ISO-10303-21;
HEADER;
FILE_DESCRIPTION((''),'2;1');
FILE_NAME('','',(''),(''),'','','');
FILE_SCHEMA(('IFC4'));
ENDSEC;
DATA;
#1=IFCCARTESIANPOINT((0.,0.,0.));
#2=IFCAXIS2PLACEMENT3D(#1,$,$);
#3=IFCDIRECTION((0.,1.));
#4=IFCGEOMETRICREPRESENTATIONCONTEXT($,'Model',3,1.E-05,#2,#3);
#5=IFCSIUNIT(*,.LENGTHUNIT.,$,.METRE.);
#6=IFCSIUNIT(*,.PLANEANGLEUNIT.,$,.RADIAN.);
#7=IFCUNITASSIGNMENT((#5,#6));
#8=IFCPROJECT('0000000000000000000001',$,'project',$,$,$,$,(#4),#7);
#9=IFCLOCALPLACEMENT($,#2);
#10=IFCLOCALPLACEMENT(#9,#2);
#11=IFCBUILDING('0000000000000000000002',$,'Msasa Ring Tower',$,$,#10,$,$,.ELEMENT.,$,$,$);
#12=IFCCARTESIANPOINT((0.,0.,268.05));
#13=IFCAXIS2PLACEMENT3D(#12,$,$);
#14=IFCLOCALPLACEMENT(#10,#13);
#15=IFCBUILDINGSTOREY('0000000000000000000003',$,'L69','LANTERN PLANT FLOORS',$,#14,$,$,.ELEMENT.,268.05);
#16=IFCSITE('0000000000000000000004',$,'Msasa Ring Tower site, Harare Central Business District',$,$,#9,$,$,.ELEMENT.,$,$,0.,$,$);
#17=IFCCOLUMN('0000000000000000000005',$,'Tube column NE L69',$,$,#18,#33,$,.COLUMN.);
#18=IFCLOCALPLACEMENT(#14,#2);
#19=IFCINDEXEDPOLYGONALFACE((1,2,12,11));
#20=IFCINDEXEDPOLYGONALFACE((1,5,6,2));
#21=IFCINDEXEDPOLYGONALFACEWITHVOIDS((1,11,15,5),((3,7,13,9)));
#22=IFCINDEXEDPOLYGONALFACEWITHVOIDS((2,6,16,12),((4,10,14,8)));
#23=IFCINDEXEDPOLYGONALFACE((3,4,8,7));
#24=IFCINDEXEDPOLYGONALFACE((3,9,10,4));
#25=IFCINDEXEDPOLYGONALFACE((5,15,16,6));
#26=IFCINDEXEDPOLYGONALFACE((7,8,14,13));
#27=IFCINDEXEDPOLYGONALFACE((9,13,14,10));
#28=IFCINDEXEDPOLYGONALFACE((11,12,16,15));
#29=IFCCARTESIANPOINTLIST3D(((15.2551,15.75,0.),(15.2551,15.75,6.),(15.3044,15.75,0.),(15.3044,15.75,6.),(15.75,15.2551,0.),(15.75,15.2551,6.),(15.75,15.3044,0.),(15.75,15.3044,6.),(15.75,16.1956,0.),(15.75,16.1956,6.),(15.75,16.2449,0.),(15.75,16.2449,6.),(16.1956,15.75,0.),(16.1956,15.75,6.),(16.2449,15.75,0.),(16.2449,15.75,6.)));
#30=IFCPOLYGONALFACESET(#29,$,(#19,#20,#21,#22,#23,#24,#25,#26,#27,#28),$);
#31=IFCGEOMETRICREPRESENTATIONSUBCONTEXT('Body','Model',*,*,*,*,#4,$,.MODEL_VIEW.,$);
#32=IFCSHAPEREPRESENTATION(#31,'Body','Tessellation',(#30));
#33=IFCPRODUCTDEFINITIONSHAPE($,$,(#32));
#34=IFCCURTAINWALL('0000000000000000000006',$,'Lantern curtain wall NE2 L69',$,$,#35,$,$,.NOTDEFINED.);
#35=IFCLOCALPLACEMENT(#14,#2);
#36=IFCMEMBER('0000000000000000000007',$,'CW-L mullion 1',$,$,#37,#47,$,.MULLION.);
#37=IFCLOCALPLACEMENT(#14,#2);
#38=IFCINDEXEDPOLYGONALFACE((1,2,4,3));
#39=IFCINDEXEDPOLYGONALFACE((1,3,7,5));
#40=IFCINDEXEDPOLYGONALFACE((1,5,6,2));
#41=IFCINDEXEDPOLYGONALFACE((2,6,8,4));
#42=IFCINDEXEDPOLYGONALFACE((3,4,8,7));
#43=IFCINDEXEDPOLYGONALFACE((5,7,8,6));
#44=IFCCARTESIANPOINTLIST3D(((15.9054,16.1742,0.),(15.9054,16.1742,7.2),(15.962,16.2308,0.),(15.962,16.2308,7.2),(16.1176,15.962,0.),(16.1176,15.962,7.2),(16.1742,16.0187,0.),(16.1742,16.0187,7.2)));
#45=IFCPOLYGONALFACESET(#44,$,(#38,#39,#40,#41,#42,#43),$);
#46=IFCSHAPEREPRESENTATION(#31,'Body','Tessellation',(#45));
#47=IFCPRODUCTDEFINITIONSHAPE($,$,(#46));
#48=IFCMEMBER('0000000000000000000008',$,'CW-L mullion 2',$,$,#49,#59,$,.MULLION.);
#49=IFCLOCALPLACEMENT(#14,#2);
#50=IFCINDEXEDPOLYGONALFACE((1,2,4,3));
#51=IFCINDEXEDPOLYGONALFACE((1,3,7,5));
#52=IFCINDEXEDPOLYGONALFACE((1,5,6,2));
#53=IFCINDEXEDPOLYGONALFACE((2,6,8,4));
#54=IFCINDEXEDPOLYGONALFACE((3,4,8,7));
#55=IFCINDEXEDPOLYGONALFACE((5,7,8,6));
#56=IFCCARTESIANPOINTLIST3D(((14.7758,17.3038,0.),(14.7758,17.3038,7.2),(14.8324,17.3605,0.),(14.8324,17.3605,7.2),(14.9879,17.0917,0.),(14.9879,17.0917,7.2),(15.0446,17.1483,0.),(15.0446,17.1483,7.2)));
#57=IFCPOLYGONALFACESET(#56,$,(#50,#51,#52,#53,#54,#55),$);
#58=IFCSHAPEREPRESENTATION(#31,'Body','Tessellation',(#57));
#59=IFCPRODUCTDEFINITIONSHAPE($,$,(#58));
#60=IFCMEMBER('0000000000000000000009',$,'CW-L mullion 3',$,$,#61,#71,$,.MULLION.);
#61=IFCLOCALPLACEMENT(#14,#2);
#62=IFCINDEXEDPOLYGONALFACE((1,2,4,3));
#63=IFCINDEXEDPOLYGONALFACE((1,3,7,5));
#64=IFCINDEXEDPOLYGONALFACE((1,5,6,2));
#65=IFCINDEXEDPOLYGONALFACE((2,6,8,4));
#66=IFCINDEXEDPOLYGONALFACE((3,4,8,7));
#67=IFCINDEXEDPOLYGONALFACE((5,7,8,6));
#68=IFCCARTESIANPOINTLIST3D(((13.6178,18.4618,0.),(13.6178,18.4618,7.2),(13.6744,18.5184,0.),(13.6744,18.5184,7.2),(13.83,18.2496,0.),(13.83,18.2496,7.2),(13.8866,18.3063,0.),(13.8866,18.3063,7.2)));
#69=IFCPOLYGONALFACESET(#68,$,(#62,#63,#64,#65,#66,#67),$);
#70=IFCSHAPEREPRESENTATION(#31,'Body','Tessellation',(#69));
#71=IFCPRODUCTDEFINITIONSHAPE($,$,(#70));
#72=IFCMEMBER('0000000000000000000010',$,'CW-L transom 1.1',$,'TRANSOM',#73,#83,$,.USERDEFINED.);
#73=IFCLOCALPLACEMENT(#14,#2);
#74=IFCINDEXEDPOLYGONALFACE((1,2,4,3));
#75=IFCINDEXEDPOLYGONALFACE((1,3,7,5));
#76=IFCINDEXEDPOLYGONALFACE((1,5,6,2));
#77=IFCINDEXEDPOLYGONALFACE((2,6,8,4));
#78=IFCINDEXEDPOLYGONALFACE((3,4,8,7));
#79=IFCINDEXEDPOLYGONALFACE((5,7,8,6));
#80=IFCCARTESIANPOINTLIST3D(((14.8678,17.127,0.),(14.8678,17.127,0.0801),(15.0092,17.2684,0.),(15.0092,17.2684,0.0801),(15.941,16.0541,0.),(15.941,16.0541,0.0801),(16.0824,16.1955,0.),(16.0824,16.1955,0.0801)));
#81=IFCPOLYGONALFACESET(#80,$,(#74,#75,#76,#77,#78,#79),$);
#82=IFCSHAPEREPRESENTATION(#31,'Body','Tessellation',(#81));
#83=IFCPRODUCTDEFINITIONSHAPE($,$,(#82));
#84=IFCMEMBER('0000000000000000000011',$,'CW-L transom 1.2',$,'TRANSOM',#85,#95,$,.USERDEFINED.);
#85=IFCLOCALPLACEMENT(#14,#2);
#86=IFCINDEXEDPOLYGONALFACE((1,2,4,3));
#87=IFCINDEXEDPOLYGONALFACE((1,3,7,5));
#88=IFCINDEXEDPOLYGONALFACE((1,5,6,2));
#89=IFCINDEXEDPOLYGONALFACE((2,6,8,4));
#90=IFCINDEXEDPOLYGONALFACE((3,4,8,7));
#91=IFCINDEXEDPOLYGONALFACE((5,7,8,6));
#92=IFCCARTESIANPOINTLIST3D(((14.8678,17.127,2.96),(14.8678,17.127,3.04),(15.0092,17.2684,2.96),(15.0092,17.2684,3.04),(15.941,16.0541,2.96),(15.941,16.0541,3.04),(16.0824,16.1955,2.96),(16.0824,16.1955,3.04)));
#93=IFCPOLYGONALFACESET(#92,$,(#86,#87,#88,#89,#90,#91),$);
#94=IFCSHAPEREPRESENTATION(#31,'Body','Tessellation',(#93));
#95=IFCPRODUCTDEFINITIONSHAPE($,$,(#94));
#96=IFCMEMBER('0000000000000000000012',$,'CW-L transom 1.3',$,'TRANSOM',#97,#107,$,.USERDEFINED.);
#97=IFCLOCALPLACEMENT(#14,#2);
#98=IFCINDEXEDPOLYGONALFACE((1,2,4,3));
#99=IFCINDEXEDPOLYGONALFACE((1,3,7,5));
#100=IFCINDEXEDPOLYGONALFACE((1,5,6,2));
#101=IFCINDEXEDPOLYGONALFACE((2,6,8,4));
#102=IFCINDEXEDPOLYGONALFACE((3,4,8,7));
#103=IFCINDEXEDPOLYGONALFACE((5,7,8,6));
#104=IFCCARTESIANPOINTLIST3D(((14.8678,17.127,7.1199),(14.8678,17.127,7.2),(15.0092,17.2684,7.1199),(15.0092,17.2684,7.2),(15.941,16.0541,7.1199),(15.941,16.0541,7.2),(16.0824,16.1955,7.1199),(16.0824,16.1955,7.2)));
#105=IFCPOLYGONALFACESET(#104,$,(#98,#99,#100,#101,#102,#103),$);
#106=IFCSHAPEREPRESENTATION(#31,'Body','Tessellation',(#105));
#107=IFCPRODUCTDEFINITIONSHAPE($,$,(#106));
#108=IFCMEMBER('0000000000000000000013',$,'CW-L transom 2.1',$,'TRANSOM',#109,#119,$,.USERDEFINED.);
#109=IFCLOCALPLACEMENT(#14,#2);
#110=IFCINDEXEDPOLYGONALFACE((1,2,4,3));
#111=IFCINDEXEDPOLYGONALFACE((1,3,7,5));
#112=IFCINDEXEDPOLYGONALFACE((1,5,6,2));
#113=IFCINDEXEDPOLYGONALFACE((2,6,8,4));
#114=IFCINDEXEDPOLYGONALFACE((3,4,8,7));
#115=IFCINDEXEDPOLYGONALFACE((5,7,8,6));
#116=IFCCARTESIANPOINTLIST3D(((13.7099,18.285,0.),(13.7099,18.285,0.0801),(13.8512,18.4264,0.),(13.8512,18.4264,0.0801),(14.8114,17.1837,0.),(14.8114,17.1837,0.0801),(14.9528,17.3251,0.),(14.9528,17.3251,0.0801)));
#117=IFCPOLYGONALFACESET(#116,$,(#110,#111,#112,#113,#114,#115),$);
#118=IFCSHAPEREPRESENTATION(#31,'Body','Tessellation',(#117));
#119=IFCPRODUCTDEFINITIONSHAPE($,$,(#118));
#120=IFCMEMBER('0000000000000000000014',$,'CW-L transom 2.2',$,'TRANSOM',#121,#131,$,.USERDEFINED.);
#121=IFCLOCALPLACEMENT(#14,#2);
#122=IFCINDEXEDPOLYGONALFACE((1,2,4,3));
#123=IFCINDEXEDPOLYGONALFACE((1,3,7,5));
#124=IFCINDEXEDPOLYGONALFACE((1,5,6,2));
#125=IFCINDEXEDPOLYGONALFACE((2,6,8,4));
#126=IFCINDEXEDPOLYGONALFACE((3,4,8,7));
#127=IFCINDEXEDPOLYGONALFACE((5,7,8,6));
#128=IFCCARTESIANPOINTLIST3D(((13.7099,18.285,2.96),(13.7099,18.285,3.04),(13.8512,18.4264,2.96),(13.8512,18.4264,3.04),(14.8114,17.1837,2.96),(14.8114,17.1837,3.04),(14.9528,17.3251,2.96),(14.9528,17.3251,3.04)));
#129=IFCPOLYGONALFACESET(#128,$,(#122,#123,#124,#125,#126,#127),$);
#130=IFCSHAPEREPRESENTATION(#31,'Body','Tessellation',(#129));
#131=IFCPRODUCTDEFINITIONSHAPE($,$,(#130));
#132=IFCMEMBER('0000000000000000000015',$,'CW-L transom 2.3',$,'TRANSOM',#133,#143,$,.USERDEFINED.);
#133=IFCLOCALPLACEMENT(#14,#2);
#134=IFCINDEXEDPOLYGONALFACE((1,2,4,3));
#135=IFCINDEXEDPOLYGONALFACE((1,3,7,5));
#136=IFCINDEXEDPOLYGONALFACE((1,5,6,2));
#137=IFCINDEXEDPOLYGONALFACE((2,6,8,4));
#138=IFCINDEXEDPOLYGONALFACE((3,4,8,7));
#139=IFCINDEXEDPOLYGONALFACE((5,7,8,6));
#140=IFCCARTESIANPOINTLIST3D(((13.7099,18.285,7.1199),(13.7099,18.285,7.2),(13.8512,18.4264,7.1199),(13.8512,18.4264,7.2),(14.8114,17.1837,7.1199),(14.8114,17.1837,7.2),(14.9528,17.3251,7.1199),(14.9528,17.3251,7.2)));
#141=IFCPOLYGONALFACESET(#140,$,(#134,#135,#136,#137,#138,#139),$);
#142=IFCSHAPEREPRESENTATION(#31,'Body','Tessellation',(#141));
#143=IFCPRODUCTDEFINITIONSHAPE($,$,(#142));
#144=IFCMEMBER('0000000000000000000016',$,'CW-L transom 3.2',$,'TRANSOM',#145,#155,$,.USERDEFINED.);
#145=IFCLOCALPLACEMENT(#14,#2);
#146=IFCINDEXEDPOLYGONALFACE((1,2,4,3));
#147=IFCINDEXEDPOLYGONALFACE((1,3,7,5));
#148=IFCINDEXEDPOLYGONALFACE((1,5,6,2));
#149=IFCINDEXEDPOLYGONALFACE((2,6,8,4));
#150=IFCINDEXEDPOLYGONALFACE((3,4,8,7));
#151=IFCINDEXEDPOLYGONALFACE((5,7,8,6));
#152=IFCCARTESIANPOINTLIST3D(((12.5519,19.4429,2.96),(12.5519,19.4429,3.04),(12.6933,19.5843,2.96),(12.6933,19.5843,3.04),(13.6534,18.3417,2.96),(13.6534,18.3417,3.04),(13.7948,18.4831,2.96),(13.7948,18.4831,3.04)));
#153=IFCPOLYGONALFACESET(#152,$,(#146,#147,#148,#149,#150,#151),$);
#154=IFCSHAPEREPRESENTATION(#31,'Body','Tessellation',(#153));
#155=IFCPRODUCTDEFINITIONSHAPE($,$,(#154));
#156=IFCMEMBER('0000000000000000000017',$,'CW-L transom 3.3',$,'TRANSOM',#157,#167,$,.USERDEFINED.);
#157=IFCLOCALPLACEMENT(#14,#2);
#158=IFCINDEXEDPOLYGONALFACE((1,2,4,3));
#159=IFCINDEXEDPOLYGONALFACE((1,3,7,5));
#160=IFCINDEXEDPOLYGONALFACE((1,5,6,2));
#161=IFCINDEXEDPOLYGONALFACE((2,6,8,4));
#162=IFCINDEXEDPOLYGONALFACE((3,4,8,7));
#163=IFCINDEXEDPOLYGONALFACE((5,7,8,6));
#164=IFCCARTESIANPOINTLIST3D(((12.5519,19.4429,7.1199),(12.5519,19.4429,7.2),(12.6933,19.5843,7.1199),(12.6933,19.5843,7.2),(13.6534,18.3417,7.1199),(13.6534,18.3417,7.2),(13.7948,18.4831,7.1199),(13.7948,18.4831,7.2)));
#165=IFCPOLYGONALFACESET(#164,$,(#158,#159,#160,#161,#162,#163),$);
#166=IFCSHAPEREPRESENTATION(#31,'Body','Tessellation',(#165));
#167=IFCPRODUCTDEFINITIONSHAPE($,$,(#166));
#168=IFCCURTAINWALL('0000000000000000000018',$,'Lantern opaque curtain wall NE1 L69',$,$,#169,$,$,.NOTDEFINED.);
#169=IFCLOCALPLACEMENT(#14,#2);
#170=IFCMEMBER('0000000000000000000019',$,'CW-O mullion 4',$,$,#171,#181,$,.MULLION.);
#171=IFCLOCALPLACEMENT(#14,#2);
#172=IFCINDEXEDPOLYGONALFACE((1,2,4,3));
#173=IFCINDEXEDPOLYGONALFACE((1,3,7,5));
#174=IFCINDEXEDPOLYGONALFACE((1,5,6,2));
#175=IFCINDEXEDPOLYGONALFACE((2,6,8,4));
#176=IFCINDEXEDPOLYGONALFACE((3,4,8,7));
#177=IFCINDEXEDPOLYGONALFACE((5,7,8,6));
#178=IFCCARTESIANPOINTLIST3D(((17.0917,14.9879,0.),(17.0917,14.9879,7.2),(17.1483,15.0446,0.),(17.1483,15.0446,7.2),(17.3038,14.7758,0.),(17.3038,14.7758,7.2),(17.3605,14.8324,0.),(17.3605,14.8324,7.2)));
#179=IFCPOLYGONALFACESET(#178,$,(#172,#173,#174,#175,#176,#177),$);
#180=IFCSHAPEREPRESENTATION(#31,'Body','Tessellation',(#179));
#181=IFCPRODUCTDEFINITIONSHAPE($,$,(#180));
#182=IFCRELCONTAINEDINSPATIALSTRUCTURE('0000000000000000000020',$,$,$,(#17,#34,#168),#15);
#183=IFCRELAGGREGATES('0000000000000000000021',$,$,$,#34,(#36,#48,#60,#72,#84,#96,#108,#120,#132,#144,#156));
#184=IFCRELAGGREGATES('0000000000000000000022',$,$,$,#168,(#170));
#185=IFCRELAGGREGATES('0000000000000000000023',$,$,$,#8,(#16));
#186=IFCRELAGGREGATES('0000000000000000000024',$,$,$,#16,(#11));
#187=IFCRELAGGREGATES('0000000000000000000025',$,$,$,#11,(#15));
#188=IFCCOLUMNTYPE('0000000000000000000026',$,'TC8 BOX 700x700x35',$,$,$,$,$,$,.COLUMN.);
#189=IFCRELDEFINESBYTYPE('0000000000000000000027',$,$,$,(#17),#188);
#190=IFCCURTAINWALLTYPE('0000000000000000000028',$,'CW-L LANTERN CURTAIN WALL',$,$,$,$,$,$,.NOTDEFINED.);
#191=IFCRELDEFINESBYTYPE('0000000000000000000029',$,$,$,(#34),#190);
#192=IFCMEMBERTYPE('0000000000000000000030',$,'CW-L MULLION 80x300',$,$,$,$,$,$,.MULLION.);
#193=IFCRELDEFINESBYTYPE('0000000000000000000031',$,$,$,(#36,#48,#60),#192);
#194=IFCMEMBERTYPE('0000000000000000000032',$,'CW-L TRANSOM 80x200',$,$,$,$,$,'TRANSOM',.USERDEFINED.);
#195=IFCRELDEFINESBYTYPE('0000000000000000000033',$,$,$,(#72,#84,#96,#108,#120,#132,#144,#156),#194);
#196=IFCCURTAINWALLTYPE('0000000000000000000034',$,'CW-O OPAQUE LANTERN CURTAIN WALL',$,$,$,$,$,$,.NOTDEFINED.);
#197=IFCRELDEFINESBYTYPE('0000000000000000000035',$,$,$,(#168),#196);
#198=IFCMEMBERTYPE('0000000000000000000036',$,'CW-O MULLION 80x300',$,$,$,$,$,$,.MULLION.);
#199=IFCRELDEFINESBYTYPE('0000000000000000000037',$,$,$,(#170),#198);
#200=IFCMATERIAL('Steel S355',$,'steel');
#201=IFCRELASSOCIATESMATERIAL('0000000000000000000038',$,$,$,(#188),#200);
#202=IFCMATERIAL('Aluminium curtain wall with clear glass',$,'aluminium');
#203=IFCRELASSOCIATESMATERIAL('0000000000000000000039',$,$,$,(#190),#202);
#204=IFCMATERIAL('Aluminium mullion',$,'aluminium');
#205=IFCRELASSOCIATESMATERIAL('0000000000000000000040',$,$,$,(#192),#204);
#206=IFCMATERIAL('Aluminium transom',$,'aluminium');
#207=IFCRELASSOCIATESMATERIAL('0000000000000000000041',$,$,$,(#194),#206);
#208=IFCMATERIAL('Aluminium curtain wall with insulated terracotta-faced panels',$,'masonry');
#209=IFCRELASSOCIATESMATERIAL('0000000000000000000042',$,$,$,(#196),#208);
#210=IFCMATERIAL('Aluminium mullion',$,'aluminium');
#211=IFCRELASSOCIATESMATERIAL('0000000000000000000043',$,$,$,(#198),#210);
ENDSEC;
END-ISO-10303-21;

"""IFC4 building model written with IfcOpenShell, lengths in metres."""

from ifc_helpers import new_model, si_unit, direction, frame, origin, origin_2d, place, context, subcontext, project, spatial, rectangle, hollow_rectangle, extrude, material, material_profile, profile_set, type_object, element, aggregate, save


model = new_model("IFC4")

# Units and contexts
model_context = context("Model", 3, precision=1e-05, world=origin(), true_north=direction((0.0, 1.0)))
body_context = subcontext(model_context, "Body", "Model", "MODEL_VIEW")
ifc_project = project(units=[si_unit("LENGTHUNIT", "METRE"), si_unit("PLANEANGLEUNIT", "RADIAN")], contexts=[model_context])

# Site, building, storey
site_placement = place(None, origin())
site = spatial("IfcSite", under=ifc_project, at=site_placement, Name="Msasa Ring Tower site, Harare Central Business District", CompositionType="ELEMENT", RefElevation=0.0)
building_placement = place(site_placement, origin())
building = spatial("IfcBuilding", under=site, at=building_placement, Name="Msasa Ring Tower", CompositionType="ELEMENT")
storey_placement = place(building_placement, frame((0.0, 0.0, 268.05)))
storey = spatial("IfcBuildingStorey", under=building, at=storey_placement, Name="L69", Description="LANTERN PLANT FLOORS", CompositionType="ELEMENT", Elevation=268.05)

# Column
ifc_material_1 = material(Name="Steel S355", Category="steel")
ifc_material_profile_1 = material_profile(ifc_material_1, hollow_rectangle(XDim=0.7, YDim=0.7, WallThickness=0.0349, at=origin_2d()), Name="BOX 700x700x35")
ifc_profile_set_1 = profile_set([ifc_material_profile_1], Name="Steel S355")
column_type = type_object("IfcColumnType", Name="TC8 BOX 700x700x35", PredefinedType="COLUMN", material=ifc_profile_set_1)
column_placement = place(storey_placement, frame((15.75, 15.75, 0.0), z_axis=(0.0, 0.0, 1.0), x_axis=(0.707107, 0.707107, 0.0)))
element("IfcColumn", 1, at=column_placement, inside=storey, type_object=column_type, Name="Tube column NE L69", PredefinedType="COLUMN", context=body_context, shape_type="SweptSolid", body=[
    extrude(hollow_rectangle(XDim=0.7, YDim=0.7, WallThickness=0.0349, at=origin_2d()), origin(), (0.0, 0.0, 1.0), 6.0),
])

# Curtain walls, members
ifc_material_2 = material(Name="Aluminium curtain wall with clear glass", Category="aluminium")
curtain_wall_type_1 = type_object("IfcCurtainWallType", Name="CW-L LANTERN CURTAIN WALL", PredefinedType="NOTDEFINED", material=ifc_material_2)
curtain_wall_1_placement = place(storey_placement, origin())
curtain_wall_1 = element("IfcCurtainWall", 2, at=curtain_wall_1_placement, inside=storey, type_object=curtain_wall_type_1, Name="Lantern curtain wall NE2 L69", PredefinedType="NOTDEFINED")
ifc_material_3 = material(Name="Aluminium mullion", Category="aluminium")
ifc_material_profile_2 = material_profile(ifc_material_3, rectangle(XDim=0.0801, YDim=0.3, at=origin_2d()), Name="AL 80x300")
ifc_profile_set_2 = profile_set([ifc_material_profile_2], Name="Aluminium mullion")
member_type_1 = type_object("IfcMemberType", Name="CW-L MULLION 80x300", PredefinedType="MULLION", material=ifc_profile_set_2)
member_1_placement = place(storey_placement, frame((16.0398, 16.0964, 0.0), z_axis=(0.0, 0.0, 1.0), x_axis=(-0.707107, -0.707107, 0.0)))
member_1 = element("IfcMember", 3, at=member_1_placement, type_object=member_type_1, Name="CW-L mullion 1", PredefinedType="MULLION", context=body_context, shape_type="SweptSolid", body=[
    extrude(rectangle(XDim=0.0801, YDim=0.3, at=origin_2d()), origin(), (0.0, 0.0, 1.0), 7.2),
])
member_2_placement = place(storey_placement, frame((14.9102, 17.2261, 0.0), z_axis=(0.0, 0.0, 1.0), x_axis=(-0.707107, -0.707107, 0.0)))
member_2 = element("IfcMember", 4, at=member_2_placement, type_object=member_type_1, Name="CW-L mullion 2", PredefinedType="MULLION", context=body_context, shape_type="SweptSolid", body=[
    extrude(rectangle(XDim=0.0801, YDim=0.3, at=origin_2d()), origin(), (0.0, 0.0, 1.0), 7.2),
])
member_3_placement = place(storey_placement, frame((13.7522, 18.384, 0.0), z_axis=(0.0, 0.0, 1.0), x_axis=(-0.707107, -0.707107, 0.0)))
member_3 = element("IfcMember", 5, at=member_3_placement, type_object=member_type_1, Name="CW-L mullion 3", PredefinedType="MULLION", context=body_context, shape_type="SweptSolid", body=[
    extrude(rectangle(XDim=0.0801, YDim=0.3, at=origin_2d()), origin(), (0.0, 0.0, 1.0), 7.2),
])
ifc_material_4 = material(Name="Aluminium transom", Category="aluminium")
ifc_material_profile_3 = material_profile(ifc_material_4, rectangle(XDim=0.2, YDim=0.0801, at=origin_2d()), Name="AL 80x200")
ifc_profile_set_3 = profile_set([ifc_material_profile_3], Name="Aluminium transom")
member_type_2 = type_object("IfcMemberType", Name="CW-L TRANSOM 80x200", ElementType="TRANSOM", PredefinedType="USERDEFINED", material=ifc_profile_set_3)
member_4_placement = place(storey_placement, frame((16.0117, 16.1248, 0.04), z_axis=(-0.707187, 0.707026, 0.0), x_axis=(-0.707026, -0.707187, 0.0)))
member_4 = element("IfcMember", 6, at=member_4_placement, type_object=member_type_2, Name="CW-L transom 1.1", ObjectType="TRANSOM", PredefinedType="USERDEFINED", context=body_context, shape_type="SweptSolid", body=[
    extrude(rectangle(XDim=0.2, YDim=0.0801, at=origin_2d()), origin(), (0.0, 0.0, 1.0), 1.5176),
])
member_5_placement = place(storey_placement, frame((16.0117, 16.1248, 3.0), z_axis=(-0.707187, 0.707026, 0.0), x_axis=(-0.707026, -0.707187, 0.0)))
member_5 = element("IfcMember", 7, at=member_5_placement, type_object=member_type_2, Name="CW-L transom 1.2", ObjectType="TRANSOM", PredefinedType="USERDEFINED", context=body_context, shape_type="SweptSolid", body=[
    extrude(rectangle(XDim=0.2, YDim=0.0801, at=origin_2d()), origin(), (0.0, 0.0, 1.0), 1.5176),
])
member_6_placement = place(storey_placement, frame((16.0117, 16.1248, 7.1599), z_axis=(-0.707187, 0.707026, 0.0), x_axis=(-0.707026, -0.707187, 0.0)))
member_6 = element("IfcMember", 8, at=member_6_placement, type_object=member_type_2, Name="CW-L transom 1.3", ObjectType="TRANSOM", PredefinedType="USERDEFINED", context=body_context, shape_type="SweptSolid", body=[
    extrude(rectangle(XDim=0.2, YDim=0.0801, at=origin_2d()), origin(), (0.0, 0.0, 1.0), 1.5176),
])
member_7_placement = place(storey_placement, frame((14.8821, 17.2544, 0.04), z_axis=(-0.707185, 0.707028, 0.0), x_axis=(-0.707028, -0.707185, 0.0)))
member_7 = element("IfcMember", 9, at=member_7_placement, type_object=member_type_2, Name="CW-L transom 2.1", ObjectType="TRANSOM", PredefinedType="USERDEFINED", context=body_context, shape_type="SweptSolid", body=[
    extrude(rectangle(XDim=0.2, YDim=0.0801, at=origin_2d()), origin(), (0.0, 0.0, 1.0), 1.5576),
])
member_8_placement = place(storey_placement, frame((14.8821, 17.2544, 3.0), z_axis=(-0.707185, 0.707028, 0.0), x_axis=(-0.707028, -0.707185, 0.0)))
member_8 = element("IfcMember", 10, at=member_8_placement, type_object=member_type_2, Name="CW-L transom 2.2", ObjectType="TRANSOM", PredefinedType="USERDEFINED", context=body_context, shape_type="SweptSolid", body=[
    extrude(rectangle(XDim=0.2, YDim=0.0801, at=origin_2d()), origin(), (0.0, 0.0, 1.0), 1.5576),
])
member_9_placement = place(storey_placement, frame((14.8821, 17.2544, 7.1599), z_axis=(-0.707185, 0.707028, 0.0), x_axis=(-0.707028, -0.707185, 0.0)))
member_9 = element("IfcMember", 11, at=member_9_placement, type_object=member_type_2, Name="CW-L transom 2.3", ObjectType="TRANSOM", PredefinedType="USERDEFINED", context=body_context, shape_type="SweptSolid", body=[
    extrude(rectangle(XDim=0.2, YDim=0.0801, at=origin_2d()), origin(), (0.0, 0.0, 1.0), 1.5576),
])
member_10_placement = place(storey_placement, frame((13.7241, 18.4124, 3.0), z_axis=(-0.707185, 0.707028, 0.0), x_axis=(-0.707028, -0.707185, 0.0)))
member_10 = element("IfcMember", 12, at=member_10_placement, type_object=member_type_2, Name="CW-L transom 3.2", ObjectType="TRANSOM", PredefinedType="USERDEFINED", context=body_context, shape_type="SweptSolid", body=[
    extrude(rectangle(XDim=0.2, YDim=0.0801, at=origin_2d()), origin(), (0.0, 0.0, 1.0), 1.5576),
])
member_11_placement = place(storey_placement, frame((13.7241, 18.4124, 7.1599), z_axis=(-0.707185, 0.707028, 0.0), x_axis=(-0.707028, -0.707185, 0.0)))
member_11 = element("IfcMember", 13, at=member_11_placement, type_object=member_type_2, Name="CW-L transom 3.3", ObjectType="TRANSOM", PredefinedType="USERDEFINED", context=body_context, shape_type="SweptSolid", body=[
    extrude(rectangle(XDim=0.2, YDim=0.0801, at=origin_2d()), origin(), (0.0, 0.0, 1.0), 1.5576),
])
ifc_material_5 = material(Name="Aluminium curtain wall with insulated terracotta-faced panels", Category="masonry")
curtain_wall_type_2 = type_object("IfcCurtainWallType", Name="CW-O OPAQUE LANTERN CURTAIN WALL", PredefinedType="NOTDEFINED", material=ifc_material_5)
curtain_wall_2_placement = place(storey_placement, origin())
curtain_wall_2 = element("IfcCurtainWall", 14, at=curtain_wall_2_placement, inside=storey, type_object=curtain_wall_type_2, Name="Lantern opaque curtain wall NE1 L69", PredefinedType="NOTDEFINED")
ifc_material_6 = material(Name="Aluminium mullion", Category="aluminium")
ifc_material_profile_4 = material_profile(ifc_material_6, rectangle(XDim=0.0801, YDim=0.3, at=origin_2d()), Name="AL 80x300")
ifc_profile_set_4 = profile_set([ifc_material_profile_4], Name="Aluminium mullion")
member_type_3 = type_object("IfcMemberType", Name="CW-O MULLION 80x300", PredefinedType="MULLION", material=ifc_profile_set_4)
member_12_placement = place(storey_placement, frame((17.2261, 14.9102, 0.0), z_axis=(0.0, 0.0, 1.0), x_axis=(-0.707107, -0.707107, 0.0)))
member_12 = element("IfcMember", 15, at=member_12_placement, type_object=member_type_3, Name="CW-O mullion 4", PredefinedType="MULLION", context=body_context, shape_type="SweptSolid", body=[
    extrude(rectangle(XDim=0.0801, YDim=0.3, at=origin_2d()), origin(), (0.0, 0.0, 1.0), 7.2),
])

aggregate(curtain_wall_1, [member_1, member_2, member_3, member_4, member_5, member_6, member_7, member_8, member_9, member_10, member_11])
aggregate(curtain_wall_2, [member_12])

save(model, "model.ifc")
